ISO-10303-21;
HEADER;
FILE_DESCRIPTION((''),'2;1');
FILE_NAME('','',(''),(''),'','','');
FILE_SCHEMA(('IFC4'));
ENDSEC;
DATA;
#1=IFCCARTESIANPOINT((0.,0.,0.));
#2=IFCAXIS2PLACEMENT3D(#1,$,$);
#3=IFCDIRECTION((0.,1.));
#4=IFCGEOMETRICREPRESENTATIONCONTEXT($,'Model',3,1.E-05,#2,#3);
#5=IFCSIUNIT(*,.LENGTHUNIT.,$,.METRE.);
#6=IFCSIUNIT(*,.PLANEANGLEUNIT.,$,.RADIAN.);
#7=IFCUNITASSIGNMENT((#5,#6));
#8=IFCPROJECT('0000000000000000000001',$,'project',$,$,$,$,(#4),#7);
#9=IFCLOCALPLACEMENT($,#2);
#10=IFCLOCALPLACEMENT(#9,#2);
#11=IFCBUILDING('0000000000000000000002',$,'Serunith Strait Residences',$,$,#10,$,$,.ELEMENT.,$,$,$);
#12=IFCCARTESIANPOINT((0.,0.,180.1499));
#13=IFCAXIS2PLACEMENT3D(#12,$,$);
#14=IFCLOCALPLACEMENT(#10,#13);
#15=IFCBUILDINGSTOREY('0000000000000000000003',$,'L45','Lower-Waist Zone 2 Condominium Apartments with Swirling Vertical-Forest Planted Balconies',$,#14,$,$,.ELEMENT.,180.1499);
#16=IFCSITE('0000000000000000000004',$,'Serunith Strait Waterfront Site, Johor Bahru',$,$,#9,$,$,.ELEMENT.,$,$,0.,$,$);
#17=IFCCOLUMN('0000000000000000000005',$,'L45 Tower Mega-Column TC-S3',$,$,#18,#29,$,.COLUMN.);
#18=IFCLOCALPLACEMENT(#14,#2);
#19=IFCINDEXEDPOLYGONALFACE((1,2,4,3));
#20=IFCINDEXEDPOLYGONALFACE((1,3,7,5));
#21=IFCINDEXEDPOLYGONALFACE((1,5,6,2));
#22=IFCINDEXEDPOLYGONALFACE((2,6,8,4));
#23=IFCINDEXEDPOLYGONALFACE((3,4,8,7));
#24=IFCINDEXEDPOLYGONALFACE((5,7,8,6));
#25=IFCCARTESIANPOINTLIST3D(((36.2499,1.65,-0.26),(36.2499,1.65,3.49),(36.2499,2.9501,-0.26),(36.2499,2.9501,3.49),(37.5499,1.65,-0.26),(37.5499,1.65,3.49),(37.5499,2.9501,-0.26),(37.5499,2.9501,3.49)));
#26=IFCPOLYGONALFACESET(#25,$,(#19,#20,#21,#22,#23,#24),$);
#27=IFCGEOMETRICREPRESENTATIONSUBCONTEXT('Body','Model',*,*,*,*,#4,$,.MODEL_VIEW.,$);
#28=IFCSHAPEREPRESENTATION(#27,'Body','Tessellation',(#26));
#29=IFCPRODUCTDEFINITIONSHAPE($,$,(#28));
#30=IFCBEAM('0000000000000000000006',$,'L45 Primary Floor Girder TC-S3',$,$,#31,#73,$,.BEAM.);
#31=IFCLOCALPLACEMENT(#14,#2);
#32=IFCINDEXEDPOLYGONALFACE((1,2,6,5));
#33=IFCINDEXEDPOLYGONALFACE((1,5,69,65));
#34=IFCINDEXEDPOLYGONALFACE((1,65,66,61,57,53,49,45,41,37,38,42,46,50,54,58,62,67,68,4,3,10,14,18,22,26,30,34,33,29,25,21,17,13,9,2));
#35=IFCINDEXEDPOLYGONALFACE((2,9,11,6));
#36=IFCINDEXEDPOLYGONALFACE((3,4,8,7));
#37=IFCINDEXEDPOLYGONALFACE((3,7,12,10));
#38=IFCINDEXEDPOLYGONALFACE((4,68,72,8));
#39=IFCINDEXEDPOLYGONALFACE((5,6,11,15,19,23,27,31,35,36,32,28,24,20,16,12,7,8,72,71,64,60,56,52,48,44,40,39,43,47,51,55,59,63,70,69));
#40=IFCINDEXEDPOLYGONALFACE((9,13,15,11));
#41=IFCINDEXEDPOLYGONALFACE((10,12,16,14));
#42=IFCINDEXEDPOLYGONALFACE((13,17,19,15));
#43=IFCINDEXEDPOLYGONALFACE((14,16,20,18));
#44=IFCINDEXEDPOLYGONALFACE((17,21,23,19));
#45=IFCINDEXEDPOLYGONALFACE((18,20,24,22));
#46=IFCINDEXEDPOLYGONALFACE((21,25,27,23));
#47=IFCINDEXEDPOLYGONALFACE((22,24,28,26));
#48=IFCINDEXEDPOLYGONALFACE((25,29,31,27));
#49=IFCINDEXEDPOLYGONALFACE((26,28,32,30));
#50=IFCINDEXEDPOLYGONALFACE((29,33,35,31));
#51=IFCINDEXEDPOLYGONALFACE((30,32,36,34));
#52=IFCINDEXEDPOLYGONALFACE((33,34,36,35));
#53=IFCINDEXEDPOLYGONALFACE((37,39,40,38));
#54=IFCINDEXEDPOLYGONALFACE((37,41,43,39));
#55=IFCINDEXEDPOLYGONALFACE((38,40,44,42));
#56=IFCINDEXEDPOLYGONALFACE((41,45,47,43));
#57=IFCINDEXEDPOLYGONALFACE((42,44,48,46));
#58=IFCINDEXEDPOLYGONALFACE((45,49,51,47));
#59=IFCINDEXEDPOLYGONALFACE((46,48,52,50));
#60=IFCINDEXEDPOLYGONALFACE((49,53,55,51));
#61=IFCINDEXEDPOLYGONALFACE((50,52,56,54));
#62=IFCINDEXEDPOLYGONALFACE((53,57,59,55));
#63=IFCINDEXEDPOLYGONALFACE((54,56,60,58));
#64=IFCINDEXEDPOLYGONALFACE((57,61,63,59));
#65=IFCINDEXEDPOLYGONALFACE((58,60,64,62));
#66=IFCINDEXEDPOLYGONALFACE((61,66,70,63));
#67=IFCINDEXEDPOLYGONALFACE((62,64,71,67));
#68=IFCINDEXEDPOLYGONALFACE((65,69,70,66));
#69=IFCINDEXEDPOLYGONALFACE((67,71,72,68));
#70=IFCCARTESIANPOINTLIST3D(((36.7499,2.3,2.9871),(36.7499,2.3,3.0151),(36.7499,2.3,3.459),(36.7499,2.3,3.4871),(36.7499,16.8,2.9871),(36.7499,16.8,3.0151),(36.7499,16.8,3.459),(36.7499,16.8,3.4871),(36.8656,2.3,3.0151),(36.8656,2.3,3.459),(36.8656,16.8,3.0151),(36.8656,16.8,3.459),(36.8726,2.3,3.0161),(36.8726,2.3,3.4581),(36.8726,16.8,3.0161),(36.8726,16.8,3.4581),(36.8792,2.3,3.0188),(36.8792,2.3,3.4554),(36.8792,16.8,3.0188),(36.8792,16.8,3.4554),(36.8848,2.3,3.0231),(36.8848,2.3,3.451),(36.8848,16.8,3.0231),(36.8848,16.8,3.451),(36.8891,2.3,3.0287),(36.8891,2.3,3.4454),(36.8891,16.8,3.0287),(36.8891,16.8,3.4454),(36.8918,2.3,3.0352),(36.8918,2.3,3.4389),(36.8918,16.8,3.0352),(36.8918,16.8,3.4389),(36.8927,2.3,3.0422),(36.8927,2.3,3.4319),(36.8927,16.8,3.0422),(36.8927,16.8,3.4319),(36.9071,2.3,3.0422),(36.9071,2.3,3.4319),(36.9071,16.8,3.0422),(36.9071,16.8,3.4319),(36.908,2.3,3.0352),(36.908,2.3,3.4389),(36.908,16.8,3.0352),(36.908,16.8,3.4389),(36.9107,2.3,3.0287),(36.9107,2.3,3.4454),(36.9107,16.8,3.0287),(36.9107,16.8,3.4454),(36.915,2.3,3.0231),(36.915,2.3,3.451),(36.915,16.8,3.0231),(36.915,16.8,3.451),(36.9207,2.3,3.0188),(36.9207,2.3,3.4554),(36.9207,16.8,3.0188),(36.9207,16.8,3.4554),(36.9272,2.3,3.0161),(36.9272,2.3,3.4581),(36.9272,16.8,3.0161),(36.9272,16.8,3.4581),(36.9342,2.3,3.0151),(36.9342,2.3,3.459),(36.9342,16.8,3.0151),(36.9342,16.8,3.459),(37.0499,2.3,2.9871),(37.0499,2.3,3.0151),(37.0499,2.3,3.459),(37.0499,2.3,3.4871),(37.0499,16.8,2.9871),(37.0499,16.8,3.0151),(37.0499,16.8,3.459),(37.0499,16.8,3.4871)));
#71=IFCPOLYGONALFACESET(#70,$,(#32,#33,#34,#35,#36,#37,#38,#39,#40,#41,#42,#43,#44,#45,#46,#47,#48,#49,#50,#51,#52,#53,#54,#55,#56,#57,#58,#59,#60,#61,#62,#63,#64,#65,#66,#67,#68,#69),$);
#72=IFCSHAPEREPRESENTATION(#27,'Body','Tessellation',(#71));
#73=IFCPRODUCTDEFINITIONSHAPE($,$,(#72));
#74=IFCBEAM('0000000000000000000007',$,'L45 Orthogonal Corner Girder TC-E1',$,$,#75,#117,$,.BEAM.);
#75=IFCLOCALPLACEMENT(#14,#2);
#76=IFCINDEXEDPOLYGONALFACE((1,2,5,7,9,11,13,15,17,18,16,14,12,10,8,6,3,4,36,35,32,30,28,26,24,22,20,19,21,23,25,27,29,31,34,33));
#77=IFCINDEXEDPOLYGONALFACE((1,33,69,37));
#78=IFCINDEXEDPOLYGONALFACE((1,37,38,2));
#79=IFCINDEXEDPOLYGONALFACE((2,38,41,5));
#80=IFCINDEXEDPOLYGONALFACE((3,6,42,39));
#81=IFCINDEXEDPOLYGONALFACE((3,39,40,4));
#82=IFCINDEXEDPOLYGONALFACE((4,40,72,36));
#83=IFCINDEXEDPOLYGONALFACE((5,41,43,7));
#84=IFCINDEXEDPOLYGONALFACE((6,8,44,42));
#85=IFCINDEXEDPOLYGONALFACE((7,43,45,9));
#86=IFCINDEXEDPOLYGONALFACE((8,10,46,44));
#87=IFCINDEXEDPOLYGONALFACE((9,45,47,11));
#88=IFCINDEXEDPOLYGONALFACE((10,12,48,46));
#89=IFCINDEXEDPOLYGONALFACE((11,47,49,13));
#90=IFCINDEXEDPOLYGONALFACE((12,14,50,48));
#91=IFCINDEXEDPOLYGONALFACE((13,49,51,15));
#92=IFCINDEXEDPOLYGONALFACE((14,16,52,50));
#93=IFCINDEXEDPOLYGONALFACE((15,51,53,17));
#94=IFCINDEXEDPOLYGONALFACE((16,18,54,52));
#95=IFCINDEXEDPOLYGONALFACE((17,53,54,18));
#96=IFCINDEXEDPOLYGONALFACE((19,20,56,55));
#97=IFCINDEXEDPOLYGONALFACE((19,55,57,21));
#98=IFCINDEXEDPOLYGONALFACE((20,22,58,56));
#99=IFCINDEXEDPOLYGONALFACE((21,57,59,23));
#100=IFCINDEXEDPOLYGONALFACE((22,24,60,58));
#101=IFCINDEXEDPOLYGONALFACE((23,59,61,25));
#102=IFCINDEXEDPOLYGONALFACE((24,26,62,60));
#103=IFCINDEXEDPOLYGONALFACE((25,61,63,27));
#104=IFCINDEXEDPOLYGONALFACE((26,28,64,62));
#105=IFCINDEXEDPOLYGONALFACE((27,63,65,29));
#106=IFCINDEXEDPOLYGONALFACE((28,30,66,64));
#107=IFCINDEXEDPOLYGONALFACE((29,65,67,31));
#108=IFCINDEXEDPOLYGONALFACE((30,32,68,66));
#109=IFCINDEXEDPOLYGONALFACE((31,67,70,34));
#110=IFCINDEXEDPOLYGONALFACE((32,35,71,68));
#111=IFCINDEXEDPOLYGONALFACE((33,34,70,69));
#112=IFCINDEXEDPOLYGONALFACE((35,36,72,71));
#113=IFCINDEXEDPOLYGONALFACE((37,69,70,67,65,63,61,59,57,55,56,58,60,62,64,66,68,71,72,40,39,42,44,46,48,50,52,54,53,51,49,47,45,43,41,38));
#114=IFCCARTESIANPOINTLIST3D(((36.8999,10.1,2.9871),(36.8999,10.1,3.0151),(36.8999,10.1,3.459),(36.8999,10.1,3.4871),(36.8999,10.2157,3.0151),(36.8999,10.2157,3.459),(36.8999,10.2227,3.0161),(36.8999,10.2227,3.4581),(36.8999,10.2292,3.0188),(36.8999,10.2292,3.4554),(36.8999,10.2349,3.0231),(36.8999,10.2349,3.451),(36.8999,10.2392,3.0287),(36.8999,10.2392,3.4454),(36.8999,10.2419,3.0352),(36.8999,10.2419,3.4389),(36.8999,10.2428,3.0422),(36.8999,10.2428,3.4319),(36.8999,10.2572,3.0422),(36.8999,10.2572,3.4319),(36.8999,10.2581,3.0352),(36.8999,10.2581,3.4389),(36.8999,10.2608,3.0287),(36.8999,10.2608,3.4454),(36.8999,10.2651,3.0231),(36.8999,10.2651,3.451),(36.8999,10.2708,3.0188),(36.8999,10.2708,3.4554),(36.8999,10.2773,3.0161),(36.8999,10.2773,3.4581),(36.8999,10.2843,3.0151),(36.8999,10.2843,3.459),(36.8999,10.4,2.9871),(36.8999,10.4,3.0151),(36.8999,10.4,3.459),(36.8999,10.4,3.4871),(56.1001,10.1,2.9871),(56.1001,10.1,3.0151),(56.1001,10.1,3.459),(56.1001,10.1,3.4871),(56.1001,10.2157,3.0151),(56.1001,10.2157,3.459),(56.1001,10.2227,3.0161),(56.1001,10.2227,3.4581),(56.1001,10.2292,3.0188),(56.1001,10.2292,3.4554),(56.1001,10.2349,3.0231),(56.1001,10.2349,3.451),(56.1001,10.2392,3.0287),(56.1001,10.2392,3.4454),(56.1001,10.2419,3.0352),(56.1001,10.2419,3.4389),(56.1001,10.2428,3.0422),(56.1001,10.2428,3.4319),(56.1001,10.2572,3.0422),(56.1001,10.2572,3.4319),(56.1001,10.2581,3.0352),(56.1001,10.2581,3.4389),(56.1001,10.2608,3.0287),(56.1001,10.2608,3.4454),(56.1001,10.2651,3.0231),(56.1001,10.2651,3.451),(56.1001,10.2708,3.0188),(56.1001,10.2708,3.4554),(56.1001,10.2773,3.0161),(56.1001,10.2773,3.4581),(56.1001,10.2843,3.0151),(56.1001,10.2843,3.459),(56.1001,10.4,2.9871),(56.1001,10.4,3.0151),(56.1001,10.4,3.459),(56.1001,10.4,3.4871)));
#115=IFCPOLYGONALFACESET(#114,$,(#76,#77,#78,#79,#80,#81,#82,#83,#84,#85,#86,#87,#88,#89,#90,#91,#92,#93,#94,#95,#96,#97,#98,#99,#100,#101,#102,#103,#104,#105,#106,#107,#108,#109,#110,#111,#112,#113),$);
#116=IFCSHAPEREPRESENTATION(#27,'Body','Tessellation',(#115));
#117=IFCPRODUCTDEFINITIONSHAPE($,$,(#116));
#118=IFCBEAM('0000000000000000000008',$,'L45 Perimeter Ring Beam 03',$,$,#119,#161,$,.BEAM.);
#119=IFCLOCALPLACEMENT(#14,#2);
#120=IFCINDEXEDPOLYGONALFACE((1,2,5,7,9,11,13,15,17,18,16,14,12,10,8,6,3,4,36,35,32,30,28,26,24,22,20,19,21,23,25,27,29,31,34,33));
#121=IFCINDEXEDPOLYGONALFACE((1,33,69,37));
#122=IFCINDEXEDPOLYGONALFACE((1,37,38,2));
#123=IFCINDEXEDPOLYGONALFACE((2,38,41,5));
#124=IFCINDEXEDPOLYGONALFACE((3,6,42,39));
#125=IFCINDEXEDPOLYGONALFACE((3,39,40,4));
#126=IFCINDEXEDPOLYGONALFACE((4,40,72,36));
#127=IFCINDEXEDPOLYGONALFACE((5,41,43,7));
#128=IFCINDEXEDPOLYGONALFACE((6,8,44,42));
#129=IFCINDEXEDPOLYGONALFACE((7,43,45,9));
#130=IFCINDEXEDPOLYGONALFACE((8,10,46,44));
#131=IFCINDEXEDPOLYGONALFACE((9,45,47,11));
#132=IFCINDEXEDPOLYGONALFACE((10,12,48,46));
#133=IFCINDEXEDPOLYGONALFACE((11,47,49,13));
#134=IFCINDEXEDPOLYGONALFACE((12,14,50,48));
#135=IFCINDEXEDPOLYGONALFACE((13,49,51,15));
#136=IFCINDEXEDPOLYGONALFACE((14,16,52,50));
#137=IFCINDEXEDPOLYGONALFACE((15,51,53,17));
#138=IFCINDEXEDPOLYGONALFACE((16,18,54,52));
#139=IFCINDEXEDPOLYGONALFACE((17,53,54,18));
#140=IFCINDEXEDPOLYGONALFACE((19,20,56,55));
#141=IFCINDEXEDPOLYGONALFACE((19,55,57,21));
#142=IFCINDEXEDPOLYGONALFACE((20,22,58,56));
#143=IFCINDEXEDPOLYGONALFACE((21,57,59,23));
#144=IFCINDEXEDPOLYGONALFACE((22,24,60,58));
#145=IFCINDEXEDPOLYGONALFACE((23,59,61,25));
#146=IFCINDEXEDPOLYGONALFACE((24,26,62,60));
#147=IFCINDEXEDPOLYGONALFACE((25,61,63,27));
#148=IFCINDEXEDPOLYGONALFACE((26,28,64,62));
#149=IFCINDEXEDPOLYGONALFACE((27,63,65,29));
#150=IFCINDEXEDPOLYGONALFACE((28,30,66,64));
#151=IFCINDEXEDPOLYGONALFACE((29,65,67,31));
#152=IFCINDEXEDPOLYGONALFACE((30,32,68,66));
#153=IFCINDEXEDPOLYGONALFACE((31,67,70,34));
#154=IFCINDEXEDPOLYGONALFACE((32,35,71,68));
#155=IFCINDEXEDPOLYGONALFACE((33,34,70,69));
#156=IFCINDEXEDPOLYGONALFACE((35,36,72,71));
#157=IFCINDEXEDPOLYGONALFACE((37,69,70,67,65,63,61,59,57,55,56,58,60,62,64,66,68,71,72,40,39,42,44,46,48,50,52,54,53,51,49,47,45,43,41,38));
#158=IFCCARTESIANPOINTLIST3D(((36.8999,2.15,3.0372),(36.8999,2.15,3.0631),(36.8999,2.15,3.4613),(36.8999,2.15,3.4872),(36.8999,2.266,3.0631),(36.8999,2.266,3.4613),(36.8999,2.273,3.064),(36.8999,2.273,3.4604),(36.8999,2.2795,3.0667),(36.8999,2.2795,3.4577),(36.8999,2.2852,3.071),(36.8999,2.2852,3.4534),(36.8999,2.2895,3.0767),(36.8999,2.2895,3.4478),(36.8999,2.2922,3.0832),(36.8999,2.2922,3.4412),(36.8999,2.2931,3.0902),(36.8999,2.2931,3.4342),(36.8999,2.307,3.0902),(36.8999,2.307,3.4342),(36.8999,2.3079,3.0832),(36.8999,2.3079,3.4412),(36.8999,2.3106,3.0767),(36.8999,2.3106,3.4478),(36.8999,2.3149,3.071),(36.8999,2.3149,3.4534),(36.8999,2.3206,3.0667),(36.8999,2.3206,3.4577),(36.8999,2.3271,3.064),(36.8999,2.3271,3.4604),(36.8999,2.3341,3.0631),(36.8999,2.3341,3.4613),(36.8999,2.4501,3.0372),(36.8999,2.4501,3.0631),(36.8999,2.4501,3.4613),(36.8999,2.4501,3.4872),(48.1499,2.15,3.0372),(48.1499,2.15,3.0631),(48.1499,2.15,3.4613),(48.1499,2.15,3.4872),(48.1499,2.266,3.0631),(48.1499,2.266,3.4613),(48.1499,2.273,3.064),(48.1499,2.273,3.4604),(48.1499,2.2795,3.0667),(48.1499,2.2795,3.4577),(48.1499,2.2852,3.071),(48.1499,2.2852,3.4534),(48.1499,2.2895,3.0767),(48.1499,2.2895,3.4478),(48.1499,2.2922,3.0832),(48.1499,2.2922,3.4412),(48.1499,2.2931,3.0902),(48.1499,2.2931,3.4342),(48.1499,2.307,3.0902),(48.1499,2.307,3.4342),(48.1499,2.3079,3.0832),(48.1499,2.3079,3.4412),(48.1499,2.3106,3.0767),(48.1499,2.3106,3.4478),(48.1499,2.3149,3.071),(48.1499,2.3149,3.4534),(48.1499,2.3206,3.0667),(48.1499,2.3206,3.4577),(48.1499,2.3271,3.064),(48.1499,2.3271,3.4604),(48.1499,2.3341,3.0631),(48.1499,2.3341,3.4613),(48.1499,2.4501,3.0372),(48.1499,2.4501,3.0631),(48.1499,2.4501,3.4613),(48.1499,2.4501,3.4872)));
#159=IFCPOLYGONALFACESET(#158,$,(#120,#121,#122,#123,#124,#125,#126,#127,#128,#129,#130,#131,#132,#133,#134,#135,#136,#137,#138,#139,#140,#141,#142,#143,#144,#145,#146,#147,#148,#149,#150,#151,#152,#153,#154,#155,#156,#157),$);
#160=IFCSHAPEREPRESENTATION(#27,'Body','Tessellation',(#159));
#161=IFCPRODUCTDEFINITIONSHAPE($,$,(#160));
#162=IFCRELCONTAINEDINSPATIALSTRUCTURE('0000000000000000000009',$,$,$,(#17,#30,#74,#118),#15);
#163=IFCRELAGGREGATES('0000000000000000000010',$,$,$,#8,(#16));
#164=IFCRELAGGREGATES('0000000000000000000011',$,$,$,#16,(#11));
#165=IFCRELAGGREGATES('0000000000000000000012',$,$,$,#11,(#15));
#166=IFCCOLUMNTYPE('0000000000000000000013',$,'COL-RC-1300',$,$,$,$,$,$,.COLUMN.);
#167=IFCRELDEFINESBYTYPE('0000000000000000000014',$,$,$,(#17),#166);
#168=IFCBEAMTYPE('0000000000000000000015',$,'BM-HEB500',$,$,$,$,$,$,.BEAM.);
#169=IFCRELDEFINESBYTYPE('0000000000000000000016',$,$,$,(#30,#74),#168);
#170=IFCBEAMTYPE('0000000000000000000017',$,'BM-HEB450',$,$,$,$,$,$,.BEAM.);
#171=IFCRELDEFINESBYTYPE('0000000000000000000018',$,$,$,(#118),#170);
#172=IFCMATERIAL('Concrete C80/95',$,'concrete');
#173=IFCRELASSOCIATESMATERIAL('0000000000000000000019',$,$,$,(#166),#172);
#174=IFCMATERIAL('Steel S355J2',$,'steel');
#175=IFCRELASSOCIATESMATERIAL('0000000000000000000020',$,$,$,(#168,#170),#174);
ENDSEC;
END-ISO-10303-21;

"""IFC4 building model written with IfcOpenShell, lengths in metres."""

from ifc_helpers import new_model, si_unit, direction, frame, origin, origin_2d, place, context, subcontext, project, spatial, rectangle, i_section, extrude, source, transform, mapped, material, material_profile, profile_set, type_object, element, save


model = new_model("IFC4")

# Units and contexts
model_context = context("Model", 3, precision=1e-05, world=origin(), true_north=direction((0.0, 1.0)))
body_context = subcontext(model_context, "Body", "Model", "MODEL_VIEW")
ifc_project = project(units=[si_unit("LENGTHUNIT", "METRE"), si_unit("PLANEANGLEUNIT", "RADIAN")], contexts=[model_context])

# Site, building, storey
site_placement = place(None, origin())
site = spatial("IfcSite", under=ifc_project, at=site_placement, Name="Serunith Strait Waterfront Site, Johor Bahru", CompositionType="ELEMENT", RefElevation=0.0)
building_placement = place(site_placement, origin())
building = spatial("IfcBuilding", under=site, at=building_placement, Name="Serunith Strait Residences", CompositionType="ELEMENT")
storey_placement = place(building_placement, frame((0.0, 0.0, 180.1499)))
storey = spatial("IfcBuildingStorey", under=building, at=storey_placement, Name="L45", Description="Lower-Waist Zone 2 Condominium Apartments with Swirling Vertical-Forest Planted Balconies", CompositionType="ELEMENT", Elevation=180.1499)

# Column
ifc_material_1 = material(Name="Concrete C80/95", Category="concrete")
ifc_material_profile_1 = material_profile(ifc_material_1, rectangle(XDim=1.3, YDim=1.3, at=origin_2d()), Name="RC 1300x1300")
ifc_profile_set_1 = profile_set([ifc_material_profile_1], Name="Concrete C80/95")
column_type = type_object("IfcColumnType", Name="COL-RC-1300", PredefinedType="COLUMN", material=ifc_profile_set_1)
shared_shape_1 = source(origin(), body_context, "Body", "SweptSolid", [
    extrude(rectangle(XDim=1.3, YDim=1.3, at=origin_2d()), origin(), (0.0, 0.0, 1.0), 3.75),
])
column_placement = place(storey_placement, frame((36.8999, 2.3, -0.26), z_axis=(0.0, 0.0, 1.0), x_axis=(1.0, 0.0, 0.0)))
element("IfcColumn", 1, at=column_placement, inside=storey, type_object=column_type, Name="L45 Tower Mega-Column TC-S3", PredefinedType="COLUMN", context=body_context, shape_type="MappedRepresentation", body=[
    mapped(shared_shape_1, transform((0.0, 0.0, 0.0), scale=1.0)),
])

# Beams
ifc_material_2 = material(Name="Steel S355J2", Category="steel")
ifc_material_profile_2 = material_profile(ifc_material_2, i_section(OverallWidth=0.3, OverallDepth=0.5, WebThickness=0.0144, FlangeThickness=0.0281, FilletRadius=0.0271, at=origin_2d()), Name="HEB 500")
ifc_profile_set_2 = profile_set([ifc_material_profile_2], Name="Steel S355J2")
beam_type_1 = type_object("IfcBeamType", Name="BM-HEB500", PredefinedType="BEAM", material=ifc_profile_set_2)
shared_shape_2 = source(origin(), body_context, "Body", "SweptSolid", [
    extrude(i_section(OverallWidth=0.3, OverallDepth=0.5, WebThickness=0.0144, FlangeThickness=0.0281, FilletRadius=0.0271, at=origin_2d()), origin(), (0.0, 0.0, 1.0), 14.5),
])
beam_1_placement = place(storey_placement, frame((36.8999, 16.8, 3.2371), z_axis=(0.0, -1.0, 0.0), x_axis=(1.0, 0.0, 0.0)))
element("IfcBeam", 2, at=beam_1_placement, inside=storey, type_object=beam_type_1, Name="L45 Primary Floor Girder TC-S3", PredefinedType="BEAM", context=body_context, shape_type="MappedRepresentation", body=[
    mapped(shared_shape_2, transform((0.0, 0.0, 0.0), scale=1.0)),
])
shared_shape_3 = source(origin(), body_context, "Body", "SweptSolid", [
    extrude(i_section(OverallWidth=0.3, OverallDepth=0.5, WebThickness=0.0144, FlangeThickness=0.0281, FilletRadius=0.0271, at=origin_2d()), origin(), (0.0, 0.0, 1.0), 19.2002),
])
beam_2_placement = place(storey_placement, frame((36.8999, 10.25, 3.2371), z_axis=(1.0, 0.0, 0.0), x_axis=(0.0, 1.0, 0.0)))
element("IfcBeam", 3, at=beam_2_placement, inside=storey, type_object=beam_type_1, Name="L45 Orthogonal Corner Girder TC-E1", PredefinedType="BEAM", context=body_context, shape_type="MappedRepresentation", body=[
    mapped(shared_shape_3, transform((0.0, 0.0, 0.0), scale=1.0)),
])
ifc_material_profile_3 = material_profile(ifc_material_2, i_section(OverallWidth=0.3, OverallDepth=0.45, WebThickness=0.0139, FlangeThickness=0.0259, FilletRadius=0.0271, at=origin_2d()), Name="HEB 450")
ifc_profile_set_3 = profile_set([ifc_material_profile_3], Name="Steel S355J2")
beam_type_2 = type_object("IfcBeamType", Name="BM-HEB450", PredefinedType="BEAM", material=ifc_profile_set_3)
shared_shape_4 = source(origin(), body_context, "Body", "SweptSolid", [
    extrude(i_section(OverallWidth=0.3, OverallDepth=0.45, WebThickness=0.0139, FlangeThickness=0.0259, FilletRadius=0.0271, at=origin_2d()), origin(), (0.0, 0.0, 1.0), 11.25),
])
beam_3_placement = place(storey_placement, frame((36.8999, 2.3, 3.2622), z_axis=(1.0, 0.0, 0.0), x_axis=(0.0, 1.0, 0.0)))
element("IfcBeam", 4, at=beam_3_placement, inside=storey, type_object=beam_type_2, Name="L45 Perimeter Ring Beam 03", PredefinedType="BEAM", context=body_context, shape_type="MappedRepresentation", body=[
    mapped(shared_shape_4, transform((0.0, 0.0, 0.0), scale=1.0)),
])

save(model, "model.ifc")
